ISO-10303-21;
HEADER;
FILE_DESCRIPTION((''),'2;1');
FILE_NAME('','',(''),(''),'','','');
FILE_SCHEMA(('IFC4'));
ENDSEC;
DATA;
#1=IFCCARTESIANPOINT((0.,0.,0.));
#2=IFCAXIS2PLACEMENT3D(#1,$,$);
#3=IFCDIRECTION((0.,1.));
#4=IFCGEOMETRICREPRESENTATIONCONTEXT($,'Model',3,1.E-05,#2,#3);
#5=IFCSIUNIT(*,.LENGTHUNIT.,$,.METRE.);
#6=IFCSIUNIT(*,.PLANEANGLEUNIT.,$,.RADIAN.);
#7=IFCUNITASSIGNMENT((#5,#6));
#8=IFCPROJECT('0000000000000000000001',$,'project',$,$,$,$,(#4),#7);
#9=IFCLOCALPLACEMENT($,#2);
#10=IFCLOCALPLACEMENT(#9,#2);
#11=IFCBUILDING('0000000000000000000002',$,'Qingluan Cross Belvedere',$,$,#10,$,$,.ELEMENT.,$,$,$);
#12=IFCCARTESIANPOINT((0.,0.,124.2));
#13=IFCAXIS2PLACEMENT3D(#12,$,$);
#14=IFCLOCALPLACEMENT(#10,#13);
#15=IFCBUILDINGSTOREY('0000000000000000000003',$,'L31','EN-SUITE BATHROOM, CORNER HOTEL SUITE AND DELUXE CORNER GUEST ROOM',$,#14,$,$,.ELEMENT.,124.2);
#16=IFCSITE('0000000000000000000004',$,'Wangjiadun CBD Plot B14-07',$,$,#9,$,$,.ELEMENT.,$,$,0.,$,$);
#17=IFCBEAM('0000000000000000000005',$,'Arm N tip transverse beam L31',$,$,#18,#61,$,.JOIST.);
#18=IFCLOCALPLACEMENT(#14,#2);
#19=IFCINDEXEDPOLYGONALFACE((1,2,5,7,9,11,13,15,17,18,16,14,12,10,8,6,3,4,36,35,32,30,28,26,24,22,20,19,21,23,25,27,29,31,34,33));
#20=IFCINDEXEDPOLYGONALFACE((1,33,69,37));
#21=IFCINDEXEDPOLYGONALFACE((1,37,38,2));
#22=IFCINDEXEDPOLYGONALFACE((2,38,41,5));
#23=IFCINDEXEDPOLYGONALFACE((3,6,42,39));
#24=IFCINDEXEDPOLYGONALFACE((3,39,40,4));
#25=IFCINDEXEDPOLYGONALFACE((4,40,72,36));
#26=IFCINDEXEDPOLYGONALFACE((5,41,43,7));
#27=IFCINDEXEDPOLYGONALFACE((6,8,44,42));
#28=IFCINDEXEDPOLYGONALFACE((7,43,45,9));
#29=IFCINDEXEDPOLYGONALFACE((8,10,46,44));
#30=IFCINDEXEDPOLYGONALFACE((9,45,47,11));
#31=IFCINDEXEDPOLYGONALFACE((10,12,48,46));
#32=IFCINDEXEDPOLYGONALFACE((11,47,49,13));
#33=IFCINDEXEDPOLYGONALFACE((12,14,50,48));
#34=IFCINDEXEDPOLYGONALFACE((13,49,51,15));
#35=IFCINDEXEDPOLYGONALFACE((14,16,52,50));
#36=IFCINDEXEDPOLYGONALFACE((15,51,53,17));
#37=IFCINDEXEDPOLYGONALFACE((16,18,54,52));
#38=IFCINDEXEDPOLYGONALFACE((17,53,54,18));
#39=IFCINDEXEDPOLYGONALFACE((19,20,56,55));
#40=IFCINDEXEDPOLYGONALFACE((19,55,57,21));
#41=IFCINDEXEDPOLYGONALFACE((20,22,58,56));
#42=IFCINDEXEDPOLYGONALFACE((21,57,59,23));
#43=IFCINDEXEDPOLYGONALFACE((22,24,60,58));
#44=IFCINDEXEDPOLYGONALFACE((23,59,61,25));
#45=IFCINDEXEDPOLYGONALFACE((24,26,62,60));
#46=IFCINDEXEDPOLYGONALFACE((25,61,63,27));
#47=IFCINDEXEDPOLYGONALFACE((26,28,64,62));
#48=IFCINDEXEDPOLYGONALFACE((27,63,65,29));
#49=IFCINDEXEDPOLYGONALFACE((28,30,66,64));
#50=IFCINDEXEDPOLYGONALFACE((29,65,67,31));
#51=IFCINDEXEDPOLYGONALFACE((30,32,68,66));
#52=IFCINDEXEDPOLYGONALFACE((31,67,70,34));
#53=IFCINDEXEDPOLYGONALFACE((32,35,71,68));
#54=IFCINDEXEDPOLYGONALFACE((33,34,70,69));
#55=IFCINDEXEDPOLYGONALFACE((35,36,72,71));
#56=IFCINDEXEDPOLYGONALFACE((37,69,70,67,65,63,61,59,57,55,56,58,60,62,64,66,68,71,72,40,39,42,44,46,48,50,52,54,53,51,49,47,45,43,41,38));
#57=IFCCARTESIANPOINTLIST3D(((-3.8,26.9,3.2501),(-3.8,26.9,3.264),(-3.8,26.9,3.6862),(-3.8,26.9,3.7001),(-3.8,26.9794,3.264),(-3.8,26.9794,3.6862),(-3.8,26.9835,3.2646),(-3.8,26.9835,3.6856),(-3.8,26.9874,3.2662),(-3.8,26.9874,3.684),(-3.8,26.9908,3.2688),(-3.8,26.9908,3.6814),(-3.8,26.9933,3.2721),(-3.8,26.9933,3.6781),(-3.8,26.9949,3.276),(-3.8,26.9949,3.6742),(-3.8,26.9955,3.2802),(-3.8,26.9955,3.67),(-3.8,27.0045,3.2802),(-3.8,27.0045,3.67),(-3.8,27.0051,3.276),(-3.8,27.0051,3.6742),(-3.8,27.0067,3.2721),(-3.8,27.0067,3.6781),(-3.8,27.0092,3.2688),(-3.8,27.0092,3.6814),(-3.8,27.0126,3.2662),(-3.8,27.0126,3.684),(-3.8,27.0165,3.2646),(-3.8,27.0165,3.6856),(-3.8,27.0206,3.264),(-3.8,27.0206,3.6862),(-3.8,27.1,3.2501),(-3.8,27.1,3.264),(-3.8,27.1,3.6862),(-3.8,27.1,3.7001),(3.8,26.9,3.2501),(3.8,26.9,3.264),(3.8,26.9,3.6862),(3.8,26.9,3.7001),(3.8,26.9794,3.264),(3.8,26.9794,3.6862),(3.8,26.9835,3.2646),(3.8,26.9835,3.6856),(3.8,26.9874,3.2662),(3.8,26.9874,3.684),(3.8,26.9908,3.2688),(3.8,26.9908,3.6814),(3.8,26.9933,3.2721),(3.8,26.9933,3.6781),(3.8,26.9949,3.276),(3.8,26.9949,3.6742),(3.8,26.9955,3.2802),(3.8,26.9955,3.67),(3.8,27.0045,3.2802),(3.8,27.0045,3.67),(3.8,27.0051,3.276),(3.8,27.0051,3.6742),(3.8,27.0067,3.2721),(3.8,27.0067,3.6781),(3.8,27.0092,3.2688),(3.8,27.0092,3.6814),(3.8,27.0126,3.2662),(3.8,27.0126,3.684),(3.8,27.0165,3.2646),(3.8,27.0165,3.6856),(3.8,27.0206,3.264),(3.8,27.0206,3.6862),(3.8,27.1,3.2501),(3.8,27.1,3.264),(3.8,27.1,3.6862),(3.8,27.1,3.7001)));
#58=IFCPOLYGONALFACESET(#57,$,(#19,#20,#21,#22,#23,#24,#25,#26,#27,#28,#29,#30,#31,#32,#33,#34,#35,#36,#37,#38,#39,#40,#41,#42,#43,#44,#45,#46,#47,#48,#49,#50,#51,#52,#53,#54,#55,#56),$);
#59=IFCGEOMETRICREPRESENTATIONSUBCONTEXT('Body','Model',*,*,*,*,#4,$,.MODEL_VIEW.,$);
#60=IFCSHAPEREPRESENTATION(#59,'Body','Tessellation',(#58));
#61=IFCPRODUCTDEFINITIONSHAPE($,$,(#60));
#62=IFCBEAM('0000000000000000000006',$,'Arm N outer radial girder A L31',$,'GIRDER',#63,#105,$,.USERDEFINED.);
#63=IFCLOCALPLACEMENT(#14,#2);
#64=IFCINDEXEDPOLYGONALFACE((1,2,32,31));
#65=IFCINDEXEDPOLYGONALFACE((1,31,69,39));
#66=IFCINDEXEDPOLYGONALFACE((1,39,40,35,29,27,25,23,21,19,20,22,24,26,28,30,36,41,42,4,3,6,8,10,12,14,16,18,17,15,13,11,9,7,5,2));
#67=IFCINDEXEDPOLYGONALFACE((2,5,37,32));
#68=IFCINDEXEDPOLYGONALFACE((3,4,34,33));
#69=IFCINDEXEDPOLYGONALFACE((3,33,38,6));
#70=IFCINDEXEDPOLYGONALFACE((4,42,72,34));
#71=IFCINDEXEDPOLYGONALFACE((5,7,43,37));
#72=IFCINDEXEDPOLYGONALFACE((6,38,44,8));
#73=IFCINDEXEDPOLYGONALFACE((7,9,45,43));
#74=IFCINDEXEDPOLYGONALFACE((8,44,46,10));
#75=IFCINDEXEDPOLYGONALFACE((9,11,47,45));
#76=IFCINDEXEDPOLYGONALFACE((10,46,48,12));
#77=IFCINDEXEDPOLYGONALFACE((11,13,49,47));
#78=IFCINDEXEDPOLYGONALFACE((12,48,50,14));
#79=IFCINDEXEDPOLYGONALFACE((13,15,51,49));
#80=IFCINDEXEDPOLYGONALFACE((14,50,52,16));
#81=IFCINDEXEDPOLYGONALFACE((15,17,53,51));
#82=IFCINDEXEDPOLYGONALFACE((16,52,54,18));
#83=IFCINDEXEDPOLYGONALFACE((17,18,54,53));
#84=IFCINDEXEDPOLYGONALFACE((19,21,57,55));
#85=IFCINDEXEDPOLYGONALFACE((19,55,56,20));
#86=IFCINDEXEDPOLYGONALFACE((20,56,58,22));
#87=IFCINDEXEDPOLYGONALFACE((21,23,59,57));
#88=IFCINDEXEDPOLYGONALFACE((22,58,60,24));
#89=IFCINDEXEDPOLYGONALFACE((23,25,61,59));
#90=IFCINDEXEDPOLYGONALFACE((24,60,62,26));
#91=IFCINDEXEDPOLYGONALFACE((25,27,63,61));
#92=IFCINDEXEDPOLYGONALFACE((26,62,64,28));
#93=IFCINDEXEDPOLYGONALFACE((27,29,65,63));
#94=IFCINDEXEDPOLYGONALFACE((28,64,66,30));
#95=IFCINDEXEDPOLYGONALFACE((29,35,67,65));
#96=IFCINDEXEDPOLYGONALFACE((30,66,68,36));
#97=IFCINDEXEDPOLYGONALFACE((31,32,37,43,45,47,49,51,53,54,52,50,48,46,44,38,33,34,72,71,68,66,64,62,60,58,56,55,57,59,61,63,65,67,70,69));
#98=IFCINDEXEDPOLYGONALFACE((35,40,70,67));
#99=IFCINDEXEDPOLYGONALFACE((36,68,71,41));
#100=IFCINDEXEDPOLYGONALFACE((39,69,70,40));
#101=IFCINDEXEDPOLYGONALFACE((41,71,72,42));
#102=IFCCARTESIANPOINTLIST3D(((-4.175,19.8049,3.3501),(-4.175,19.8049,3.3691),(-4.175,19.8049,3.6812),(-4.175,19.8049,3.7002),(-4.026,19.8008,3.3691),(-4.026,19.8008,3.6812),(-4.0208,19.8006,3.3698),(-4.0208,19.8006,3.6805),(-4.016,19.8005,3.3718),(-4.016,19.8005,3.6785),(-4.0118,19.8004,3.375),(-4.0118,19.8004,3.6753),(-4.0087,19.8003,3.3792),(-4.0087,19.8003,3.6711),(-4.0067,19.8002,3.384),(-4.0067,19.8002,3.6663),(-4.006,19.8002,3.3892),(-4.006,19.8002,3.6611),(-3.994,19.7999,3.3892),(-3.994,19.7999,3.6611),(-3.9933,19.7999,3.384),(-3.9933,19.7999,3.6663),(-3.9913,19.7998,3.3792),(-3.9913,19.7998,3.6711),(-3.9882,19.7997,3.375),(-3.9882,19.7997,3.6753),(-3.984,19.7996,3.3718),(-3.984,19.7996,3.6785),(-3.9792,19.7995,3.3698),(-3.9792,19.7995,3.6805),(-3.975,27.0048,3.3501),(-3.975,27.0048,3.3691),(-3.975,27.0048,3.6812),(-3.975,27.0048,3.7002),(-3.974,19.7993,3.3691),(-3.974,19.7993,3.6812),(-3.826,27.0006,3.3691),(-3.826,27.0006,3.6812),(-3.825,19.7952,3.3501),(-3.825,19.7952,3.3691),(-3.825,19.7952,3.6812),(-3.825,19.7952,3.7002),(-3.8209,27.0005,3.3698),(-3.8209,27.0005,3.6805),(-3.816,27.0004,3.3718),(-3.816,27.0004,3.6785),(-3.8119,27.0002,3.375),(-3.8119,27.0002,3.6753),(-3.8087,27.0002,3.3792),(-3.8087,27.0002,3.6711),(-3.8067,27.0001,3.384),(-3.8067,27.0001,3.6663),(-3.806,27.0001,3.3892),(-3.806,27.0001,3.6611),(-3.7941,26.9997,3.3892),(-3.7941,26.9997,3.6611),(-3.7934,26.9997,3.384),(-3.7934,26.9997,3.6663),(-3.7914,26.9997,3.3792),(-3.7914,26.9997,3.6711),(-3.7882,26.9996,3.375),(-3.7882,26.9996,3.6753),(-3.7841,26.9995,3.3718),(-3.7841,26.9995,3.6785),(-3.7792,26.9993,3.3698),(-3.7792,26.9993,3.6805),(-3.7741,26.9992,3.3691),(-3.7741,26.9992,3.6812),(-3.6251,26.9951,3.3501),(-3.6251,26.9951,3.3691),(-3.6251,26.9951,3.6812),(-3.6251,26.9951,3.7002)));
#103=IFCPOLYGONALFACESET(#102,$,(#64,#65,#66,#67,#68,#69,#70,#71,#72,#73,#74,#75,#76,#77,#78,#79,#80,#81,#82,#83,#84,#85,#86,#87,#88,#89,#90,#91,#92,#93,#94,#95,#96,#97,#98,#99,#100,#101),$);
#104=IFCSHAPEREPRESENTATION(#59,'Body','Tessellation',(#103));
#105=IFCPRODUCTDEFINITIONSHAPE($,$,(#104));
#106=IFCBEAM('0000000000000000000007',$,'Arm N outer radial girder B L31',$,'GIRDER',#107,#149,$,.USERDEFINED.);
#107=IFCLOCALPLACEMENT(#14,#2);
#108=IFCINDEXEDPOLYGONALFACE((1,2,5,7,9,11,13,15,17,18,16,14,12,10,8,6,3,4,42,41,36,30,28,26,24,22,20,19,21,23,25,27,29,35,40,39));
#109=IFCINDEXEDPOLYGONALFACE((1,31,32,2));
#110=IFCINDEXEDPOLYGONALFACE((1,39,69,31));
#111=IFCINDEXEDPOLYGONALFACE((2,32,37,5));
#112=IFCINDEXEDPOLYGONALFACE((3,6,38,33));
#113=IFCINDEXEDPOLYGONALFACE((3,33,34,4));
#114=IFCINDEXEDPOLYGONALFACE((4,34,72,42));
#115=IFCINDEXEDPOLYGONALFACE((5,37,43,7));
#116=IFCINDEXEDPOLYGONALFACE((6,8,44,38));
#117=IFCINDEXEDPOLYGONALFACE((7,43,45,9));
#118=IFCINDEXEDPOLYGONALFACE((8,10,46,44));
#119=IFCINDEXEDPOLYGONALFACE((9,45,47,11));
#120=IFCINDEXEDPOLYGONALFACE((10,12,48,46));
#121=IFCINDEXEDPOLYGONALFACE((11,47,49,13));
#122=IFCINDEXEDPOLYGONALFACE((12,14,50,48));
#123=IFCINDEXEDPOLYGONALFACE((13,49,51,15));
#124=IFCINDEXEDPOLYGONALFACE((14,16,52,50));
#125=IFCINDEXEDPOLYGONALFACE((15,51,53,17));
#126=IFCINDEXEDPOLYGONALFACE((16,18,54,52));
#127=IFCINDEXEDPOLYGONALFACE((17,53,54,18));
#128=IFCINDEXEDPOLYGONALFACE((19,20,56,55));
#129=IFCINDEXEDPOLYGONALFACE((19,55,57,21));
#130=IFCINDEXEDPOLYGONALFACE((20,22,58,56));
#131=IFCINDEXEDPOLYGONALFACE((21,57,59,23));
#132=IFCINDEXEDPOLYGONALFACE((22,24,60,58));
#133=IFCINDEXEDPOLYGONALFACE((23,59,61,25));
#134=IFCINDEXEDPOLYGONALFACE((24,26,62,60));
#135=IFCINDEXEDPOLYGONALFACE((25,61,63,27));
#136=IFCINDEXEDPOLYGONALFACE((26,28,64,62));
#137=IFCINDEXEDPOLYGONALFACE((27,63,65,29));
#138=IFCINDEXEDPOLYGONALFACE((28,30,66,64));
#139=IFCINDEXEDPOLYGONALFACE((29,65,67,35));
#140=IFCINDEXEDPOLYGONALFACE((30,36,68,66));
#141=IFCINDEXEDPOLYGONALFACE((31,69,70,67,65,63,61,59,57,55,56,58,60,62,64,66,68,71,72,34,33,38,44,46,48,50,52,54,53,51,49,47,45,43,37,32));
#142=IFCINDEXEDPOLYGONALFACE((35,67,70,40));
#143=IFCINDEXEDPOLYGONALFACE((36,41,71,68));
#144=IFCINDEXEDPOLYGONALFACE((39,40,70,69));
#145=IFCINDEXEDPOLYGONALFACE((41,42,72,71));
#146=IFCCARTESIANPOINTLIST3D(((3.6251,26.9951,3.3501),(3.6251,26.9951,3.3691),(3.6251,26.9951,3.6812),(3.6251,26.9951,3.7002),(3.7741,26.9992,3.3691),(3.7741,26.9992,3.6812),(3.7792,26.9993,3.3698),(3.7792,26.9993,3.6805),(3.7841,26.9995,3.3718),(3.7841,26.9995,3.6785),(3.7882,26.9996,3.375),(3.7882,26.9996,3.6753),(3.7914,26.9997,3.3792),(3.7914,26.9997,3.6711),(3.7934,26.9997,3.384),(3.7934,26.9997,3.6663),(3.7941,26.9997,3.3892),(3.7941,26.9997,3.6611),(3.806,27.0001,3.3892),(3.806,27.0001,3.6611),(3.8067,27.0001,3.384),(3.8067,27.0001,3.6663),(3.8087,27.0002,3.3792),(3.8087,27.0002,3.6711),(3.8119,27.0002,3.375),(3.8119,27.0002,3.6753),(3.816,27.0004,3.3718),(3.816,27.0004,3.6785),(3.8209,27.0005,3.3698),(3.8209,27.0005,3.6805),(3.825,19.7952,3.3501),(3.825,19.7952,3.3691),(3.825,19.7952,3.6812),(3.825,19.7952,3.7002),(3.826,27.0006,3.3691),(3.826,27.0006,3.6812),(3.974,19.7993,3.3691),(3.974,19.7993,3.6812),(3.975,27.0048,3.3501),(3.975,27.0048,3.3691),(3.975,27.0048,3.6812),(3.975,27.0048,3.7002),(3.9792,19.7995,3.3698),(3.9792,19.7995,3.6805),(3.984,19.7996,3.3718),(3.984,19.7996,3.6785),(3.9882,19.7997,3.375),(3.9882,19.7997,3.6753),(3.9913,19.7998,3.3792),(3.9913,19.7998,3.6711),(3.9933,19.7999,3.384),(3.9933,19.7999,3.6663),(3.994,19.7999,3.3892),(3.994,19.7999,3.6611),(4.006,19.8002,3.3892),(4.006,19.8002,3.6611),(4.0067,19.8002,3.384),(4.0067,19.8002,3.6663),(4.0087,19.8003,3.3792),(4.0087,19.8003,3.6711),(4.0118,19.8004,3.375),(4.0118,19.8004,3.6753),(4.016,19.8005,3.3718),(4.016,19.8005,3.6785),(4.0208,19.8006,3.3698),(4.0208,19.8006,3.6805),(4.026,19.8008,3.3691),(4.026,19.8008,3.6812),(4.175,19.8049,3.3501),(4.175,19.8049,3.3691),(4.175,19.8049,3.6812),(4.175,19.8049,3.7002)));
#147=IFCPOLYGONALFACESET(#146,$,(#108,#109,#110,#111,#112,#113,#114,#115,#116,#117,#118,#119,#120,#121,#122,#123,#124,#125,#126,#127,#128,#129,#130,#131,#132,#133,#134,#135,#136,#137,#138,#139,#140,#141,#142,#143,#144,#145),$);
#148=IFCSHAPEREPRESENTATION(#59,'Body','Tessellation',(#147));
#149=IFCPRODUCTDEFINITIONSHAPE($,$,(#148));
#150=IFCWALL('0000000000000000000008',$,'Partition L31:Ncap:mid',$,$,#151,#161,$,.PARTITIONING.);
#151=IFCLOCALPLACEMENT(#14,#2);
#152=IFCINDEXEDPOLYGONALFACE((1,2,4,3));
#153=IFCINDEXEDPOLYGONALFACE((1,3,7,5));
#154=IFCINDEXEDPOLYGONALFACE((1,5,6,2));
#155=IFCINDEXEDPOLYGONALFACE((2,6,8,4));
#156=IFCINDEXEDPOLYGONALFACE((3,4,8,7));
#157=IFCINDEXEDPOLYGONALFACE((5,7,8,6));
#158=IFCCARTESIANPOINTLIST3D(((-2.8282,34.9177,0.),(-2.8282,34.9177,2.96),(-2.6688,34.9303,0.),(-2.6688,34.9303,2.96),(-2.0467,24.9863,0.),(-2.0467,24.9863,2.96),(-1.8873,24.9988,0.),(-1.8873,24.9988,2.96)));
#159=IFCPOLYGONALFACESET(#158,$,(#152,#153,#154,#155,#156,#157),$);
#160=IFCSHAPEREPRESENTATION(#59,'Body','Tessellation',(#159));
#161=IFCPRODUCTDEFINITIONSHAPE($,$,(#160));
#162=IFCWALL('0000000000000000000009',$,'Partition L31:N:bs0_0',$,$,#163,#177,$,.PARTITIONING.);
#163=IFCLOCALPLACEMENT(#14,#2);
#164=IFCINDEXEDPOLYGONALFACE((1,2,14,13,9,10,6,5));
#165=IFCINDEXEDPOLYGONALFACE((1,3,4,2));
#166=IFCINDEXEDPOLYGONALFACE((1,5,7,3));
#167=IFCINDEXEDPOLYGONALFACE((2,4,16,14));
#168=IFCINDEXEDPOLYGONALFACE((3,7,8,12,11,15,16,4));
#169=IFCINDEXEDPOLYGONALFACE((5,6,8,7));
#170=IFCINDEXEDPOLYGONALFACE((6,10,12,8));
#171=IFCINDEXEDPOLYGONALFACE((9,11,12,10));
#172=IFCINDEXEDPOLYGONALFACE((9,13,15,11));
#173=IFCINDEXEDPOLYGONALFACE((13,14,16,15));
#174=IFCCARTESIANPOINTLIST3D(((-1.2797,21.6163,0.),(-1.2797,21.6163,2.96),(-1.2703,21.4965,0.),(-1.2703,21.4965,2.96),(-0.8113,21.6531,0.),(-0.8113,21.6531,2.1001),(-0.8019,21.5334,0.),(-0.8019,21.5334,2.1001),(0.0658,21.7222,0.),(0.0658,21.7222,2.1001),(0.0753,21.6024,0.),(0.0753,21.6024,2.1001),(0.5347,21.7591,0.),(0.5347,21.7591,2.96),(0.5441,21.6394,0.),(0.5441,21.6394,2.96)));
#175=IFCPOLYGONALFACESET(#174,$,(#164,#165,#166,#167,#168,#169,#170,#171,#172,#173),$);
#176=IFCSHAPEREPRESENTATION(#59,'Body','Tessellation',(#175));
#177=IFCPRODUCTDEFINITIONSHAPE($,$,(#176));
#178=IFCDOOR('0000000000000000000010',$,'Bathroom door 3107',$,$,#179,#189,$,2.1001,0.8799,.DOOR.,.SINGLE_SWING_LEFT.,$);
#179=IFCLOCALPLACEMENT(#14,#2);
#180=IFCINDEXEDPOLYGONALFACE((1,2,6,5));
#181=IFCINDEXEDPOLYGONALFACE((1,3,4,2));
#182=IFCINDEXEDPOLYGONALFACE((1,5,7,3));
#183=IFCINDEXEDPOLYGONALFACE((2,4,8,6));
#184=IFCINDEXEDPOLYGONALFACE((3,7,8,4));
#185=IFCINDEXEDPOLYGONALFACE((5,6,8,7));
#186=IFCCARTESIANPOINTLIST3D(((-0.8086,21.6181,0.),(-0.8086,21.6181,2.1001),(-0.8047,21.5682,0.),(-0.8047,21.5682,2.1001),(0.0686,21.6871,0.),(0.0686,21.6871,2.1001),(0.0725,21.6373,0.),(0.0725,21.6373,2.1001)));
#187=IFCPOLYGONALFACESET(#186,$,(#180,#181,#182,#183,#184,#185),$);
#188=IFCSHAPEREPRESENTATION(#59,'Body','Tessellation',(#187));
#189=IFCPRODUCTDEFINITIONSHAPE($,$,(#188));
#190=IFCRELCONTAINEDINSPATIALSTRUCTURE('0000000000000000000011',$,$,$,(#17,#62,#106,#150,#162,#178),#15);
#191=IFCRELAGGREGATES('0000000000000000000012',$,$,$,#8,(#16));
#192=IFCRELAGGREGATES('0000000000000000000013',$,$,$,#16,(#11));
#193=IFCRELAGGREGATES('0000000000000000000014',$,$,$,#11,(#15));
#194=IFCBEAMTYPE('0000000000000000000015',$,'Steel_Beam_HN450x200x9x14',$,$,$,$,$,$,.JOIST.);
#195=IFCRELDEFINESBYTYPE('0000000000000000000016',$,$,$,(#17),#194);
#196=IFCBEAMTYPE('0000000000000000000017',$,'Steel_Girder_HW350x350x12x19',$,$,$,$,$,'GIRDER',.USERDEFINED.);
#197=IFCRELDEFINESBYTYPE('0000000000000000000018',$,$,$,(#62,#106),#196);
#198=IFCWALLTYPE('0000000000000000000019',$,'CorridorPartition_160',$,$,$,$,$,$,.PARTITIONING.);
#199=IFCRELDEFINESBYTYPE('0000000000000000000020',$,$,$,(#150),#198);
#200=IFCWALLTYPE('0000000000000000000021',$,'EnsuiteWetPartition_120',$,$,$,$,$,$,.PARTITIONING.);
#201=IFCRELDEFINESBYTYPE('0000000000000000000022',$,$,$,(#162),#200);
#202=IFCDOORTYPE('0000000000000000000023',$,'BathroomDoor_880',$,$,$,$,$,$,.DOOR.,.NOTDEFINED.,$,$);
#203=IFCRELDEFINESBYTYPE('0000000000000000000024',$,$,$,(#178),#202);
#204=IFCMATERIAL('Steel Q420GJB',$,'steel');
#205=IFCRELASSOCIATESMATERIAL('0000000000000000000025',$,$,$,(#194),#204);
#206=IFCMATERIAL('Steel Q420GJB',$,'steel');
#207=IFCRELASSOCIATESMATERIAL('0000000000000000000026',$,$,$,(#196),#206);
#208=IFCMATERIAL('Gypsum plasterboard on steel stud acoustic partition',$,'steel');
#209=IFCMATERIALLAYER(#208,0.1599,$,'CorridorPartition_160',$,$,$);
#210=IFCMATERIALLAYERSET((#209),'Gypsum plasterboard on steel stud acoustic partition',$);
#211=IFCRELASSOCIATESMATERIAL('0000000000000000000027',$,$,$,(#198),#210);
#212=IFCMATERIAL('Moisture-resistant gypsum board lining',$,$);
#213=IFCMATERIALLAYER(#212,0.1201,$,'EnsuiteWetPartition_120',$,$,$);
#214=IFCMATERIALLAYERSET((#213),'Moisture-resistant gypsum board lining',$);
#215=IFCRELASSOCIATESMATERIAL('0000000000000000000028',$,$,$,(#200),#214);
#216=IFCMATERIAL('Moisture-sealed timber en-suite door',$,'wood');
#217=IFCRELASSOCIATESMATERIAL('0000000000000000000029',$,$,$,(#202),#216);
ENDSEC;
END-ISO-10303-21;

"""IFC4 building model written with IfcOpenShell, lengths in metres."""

from ifc_helpers import new_model, si_unit, direction, frame, frame_2d, origin, origin_2d, place, context, subcontext, project, spatial, rectangle, i_section, extrude, material, layer, layer_set, material_profile, profile_set, type_object, element, fill, save


model = new_model("IFC4")

# Units and contexts
model_context = context("Model", 3, precision=1e-05, world=origin(), true_north=direction((0.0, 1.0)))
body_context = subcontext(model_context, "Body", "Model", "MODEL_VIEW")
ifc_project = project(units=[si_unit("LENGTHUNIT", "METRE"), si_unit("PLANEANGLEUNIT", "RADIAN")], contexts=[model_context])

# Site, building, storey
site_placement = place(None, origin())
site = spatial("IfcSite", under=ifc_project, at=site_placement, Name="Wangjiadun CBD Plot B14-07", CompositionType="ELEMENT", RefElevation=0.0)
building_placement = place(site_placement, origin())
building = spatial("IfcBuilding", under=site, at=building_placement, Name="Qingluan Cross Belvedere", CompositionType="ELEMENT")
storey_placement = place(building_placement, frame((0.0, 0.0, 124.2)))
storey = spatial("IfcBuildingStorey", under=building, at=storey_placement, Name="L31", Description="EN-SUITE BATHROOM, CORNER HOTEL SUITE AND DELUXE CORNER GUEST ROOM", CompositionType="ELEMENT", Elevation=124.2)

# Beams
ifc_material_1 = material(Name="Steel Q420GJB", Category="steel")
ifc_material_profile_1 = material_profile(ifc_material_1, i_section(OverallWidth=0.2, OverallDepth=0.45, WebThickness=0.009, FlangeThickness=0.0139, FilletRadius=0.0161, at=origin_2d()), Name="HN450x200x9x14")
ifc_profile_set_1 = profile_set([ifc_material_profile_1], Name="Steel Q420GJB")
beam_type_1 = type_object("IfcBeamType", Name="Steel_Beam_HN450x200x9x14", PredefinedType="JOIST", material=ifc_profile_set_1)
beam_1_placement = place(storey_placement, frame((-3.8, 27.0, 3.4751), z_axis=(1.0, 0.0, 0.0), x_axis=(0.0, 1.0, 0.0)))
element("IfcBeam", 1, at=beam_1_placement, inside=storey, type_object=beam_type_1, Name="Arm N tip transverse beam L31", PredefinedType="JOIST", context=body_context, shape_type="SweptSolid", body=[
    extrude(i_section(OverallWidth=0.2, OverallDepth=0.45, WebThickness=0.009, FlangeThickness=0.0139, FilletRadius=0.0161, at=origin_2d()), origin(), (0.0, 0.0, 1.0), 7.6001),
])
ifc_material_2 = material(Name="Steel Q420GJB", Category="steel")
ifc_material_profile_2 = material_profile(ifc_material_2, i_section(OverallWidth=0.3501, OverallDepth=0.3501, WebThickness=0.012, FlangeThickness=0.019, FilletRadius=0.02, at=origin_2d()), Name="HW350x350x12x19")
ifc_profile_set_2 = profile_set([ifc_material_profile_2], Name="Steel Q420GJB")
beam_type_2 = type_object("IfcBeamType", Name="Steel_Girder_HW350x350x12x19", ElementType="GIRDER", PredefinedType="USERDEFINED", material=ifc_profile_set_2)
for number, where, z_axis, x_axis, name in (
    (2, (-4.0, 19.8, 3.5251), (0.02776, 0.999615, 0.0), (-0.999615, 0.02776, 0.0), "Arm N outer radial girder A L31"),
    (3, (4.0, 19.8, 3.5251), (-0.02776, 0.999615, 0.0), (-0.999615, -0.02776, 0.0), "Arm N outer radial girder B L31"),
):
    element("IfcBeam", number, at=place(storey_placement, frame(where, z_axis=z_axis, x_axis=x_axis)), inside=storey, type_object=beam_type_2, Name=name, ObjectType="GIRDER", PredefinedType="USERDEFINED", context=body_context, shape_type="SweptSolid", body=[
        extrude(i_section(OverallWidth=0.3501, OverallDepth=0.3501, WebThickness=0.012, FlangeThickness=0.019, FilletRadius=0.02, at=origin_2d()), origin(), (0.0, 0.0, 1.0), 7.2026),
    ])

# Wall
ifc_material_3 = material(Name="Gypsum plasterboard on steel stud acoustic partition", Category="steel")
ifc_layer_1 = layer(ifc_material_3, 0.1599, Name="CorridorPartition_160")
ifc_layer_set_1 = layer_set([ifc_layer_1], Name="Gypsum plasterboard on steel stud acoustic partition")
wall_type_1 = type_object("IfcWallType", Name="CorridorPartition_160", PredefinedType="PARTITIONING", material=ifc_layer_set_1)
wall_1_placement = place(storey_placement, frame((-1.967, 24.9927, 0.0), z_axis=(0.0, 0.0, 1.0), x_axis=(-0.078447, 0.996918, 0.0)))
element("IfcWall", 4, at=wall_1_placement, inside=storey, type_object=wall_type_1, Name="Partition L31:Ncap:mid", PredefinedType="PARTITIONING", context=body_context, shape_type="SweptSolid", body=[
    extrude(rectangle(XDim=9.9622, YDim=0.1599, at=frame_2d((4.981, 0.0))), origin(), (0.0, 0.0, 1.0), 2.96),
])

# Wall, opening, door
ifc_material_4 = material(Name="Moisture-resistant gypsum board lining")
ifc_layer_2 = layer(ifc_material_4, 0.1201, Name="EnsuiteWetPartition_120")
ifc_layer_set_2 = layer_set([ifc_layer_2], Name="Moisture-resistant gypsum board lining")
wall_type_2 = type_object("IfcWallType", Name="EnsuiteWetPartition_120", PredefinedType="PARTITIONING", material=ifc_layer_set_2)
wall_2_placement = place(storey_placement, frame((-1.2751, 21.5564, 0.0), z_axis=(0.0, 0.0, 1.0), x_axis=(0.996916, 0.078471, 0.0)))
wall_2 = element("IfcWall", 5, at=wall_2_placement, inside=storey, type_object=wall_type_2, Name="Partition L31:N:bs0_0", PredefinedType="PARTITIONING", context=body_context, shape_type="SweptSolid", body=[
    extrude(rectangle(XDim=1.8201, YDim=0.1201, at=frame_2d((0.9102, 0.0))), origin(), (0.0, 0.0, 1.0), 2.96),
])
opening_1_placement = place(wall_2_placement, frame((0.47, 0.0, 0.0)))
opening_1 = element("IfcOpeningElement", 6, at=opening_1_placement, cuts=wall_2, PredefinedType="OPENING", context=body_context, shape_type="SweptSolid", body=[
    extrude(rectangle(XDim=0.8799, YDim=2.1001, at=frame_2d((0.4399, 1.05))), frame((0.0, 0.0701, 0.0), z_axis=(0.0, -1.0, 0.0), x_axis=(1.0, 0.0, 0.0)), (0.0, 0.0, 1.0), 0.1401),
])
ifc_material_5 = material(Name="Moisture-sealed timber en-suite door", Category="wood")
door_type = type_object("IfcDoorType", Name="BathroomDoor_880", OperationType="NOTDEFINED", PredefinedType="DOOR", material=ifc_material_5)
door_1_placement = place(opening_1_placement, origin())
door_1 = element("IfcDoor", 7, at=door_1_placement, inside=storey, type_object=door_type, Name="Bathroom door 3107", OperationType="SINGLE_SWING_LEFT", OverallHeight=2.1001, OverallWidth=0.8799, PredefinedType="DOOR", context=body_context, shape_type="SweptSolid", body=[
    extrude(rectangle(XDim=0.8799, YDim=2.1001, at=frame_2d((0.4399, 1.05))), frame((0.0, 0.0249, 0.0), z_axis=(0.0, -1.0, 0.0), x_axis=(1.0, 0.0, 0.0)), (0.0, 0.0, 1.0), 0.05),
])
fill(opening_1, door_1)

save(model, "model.ifc")
